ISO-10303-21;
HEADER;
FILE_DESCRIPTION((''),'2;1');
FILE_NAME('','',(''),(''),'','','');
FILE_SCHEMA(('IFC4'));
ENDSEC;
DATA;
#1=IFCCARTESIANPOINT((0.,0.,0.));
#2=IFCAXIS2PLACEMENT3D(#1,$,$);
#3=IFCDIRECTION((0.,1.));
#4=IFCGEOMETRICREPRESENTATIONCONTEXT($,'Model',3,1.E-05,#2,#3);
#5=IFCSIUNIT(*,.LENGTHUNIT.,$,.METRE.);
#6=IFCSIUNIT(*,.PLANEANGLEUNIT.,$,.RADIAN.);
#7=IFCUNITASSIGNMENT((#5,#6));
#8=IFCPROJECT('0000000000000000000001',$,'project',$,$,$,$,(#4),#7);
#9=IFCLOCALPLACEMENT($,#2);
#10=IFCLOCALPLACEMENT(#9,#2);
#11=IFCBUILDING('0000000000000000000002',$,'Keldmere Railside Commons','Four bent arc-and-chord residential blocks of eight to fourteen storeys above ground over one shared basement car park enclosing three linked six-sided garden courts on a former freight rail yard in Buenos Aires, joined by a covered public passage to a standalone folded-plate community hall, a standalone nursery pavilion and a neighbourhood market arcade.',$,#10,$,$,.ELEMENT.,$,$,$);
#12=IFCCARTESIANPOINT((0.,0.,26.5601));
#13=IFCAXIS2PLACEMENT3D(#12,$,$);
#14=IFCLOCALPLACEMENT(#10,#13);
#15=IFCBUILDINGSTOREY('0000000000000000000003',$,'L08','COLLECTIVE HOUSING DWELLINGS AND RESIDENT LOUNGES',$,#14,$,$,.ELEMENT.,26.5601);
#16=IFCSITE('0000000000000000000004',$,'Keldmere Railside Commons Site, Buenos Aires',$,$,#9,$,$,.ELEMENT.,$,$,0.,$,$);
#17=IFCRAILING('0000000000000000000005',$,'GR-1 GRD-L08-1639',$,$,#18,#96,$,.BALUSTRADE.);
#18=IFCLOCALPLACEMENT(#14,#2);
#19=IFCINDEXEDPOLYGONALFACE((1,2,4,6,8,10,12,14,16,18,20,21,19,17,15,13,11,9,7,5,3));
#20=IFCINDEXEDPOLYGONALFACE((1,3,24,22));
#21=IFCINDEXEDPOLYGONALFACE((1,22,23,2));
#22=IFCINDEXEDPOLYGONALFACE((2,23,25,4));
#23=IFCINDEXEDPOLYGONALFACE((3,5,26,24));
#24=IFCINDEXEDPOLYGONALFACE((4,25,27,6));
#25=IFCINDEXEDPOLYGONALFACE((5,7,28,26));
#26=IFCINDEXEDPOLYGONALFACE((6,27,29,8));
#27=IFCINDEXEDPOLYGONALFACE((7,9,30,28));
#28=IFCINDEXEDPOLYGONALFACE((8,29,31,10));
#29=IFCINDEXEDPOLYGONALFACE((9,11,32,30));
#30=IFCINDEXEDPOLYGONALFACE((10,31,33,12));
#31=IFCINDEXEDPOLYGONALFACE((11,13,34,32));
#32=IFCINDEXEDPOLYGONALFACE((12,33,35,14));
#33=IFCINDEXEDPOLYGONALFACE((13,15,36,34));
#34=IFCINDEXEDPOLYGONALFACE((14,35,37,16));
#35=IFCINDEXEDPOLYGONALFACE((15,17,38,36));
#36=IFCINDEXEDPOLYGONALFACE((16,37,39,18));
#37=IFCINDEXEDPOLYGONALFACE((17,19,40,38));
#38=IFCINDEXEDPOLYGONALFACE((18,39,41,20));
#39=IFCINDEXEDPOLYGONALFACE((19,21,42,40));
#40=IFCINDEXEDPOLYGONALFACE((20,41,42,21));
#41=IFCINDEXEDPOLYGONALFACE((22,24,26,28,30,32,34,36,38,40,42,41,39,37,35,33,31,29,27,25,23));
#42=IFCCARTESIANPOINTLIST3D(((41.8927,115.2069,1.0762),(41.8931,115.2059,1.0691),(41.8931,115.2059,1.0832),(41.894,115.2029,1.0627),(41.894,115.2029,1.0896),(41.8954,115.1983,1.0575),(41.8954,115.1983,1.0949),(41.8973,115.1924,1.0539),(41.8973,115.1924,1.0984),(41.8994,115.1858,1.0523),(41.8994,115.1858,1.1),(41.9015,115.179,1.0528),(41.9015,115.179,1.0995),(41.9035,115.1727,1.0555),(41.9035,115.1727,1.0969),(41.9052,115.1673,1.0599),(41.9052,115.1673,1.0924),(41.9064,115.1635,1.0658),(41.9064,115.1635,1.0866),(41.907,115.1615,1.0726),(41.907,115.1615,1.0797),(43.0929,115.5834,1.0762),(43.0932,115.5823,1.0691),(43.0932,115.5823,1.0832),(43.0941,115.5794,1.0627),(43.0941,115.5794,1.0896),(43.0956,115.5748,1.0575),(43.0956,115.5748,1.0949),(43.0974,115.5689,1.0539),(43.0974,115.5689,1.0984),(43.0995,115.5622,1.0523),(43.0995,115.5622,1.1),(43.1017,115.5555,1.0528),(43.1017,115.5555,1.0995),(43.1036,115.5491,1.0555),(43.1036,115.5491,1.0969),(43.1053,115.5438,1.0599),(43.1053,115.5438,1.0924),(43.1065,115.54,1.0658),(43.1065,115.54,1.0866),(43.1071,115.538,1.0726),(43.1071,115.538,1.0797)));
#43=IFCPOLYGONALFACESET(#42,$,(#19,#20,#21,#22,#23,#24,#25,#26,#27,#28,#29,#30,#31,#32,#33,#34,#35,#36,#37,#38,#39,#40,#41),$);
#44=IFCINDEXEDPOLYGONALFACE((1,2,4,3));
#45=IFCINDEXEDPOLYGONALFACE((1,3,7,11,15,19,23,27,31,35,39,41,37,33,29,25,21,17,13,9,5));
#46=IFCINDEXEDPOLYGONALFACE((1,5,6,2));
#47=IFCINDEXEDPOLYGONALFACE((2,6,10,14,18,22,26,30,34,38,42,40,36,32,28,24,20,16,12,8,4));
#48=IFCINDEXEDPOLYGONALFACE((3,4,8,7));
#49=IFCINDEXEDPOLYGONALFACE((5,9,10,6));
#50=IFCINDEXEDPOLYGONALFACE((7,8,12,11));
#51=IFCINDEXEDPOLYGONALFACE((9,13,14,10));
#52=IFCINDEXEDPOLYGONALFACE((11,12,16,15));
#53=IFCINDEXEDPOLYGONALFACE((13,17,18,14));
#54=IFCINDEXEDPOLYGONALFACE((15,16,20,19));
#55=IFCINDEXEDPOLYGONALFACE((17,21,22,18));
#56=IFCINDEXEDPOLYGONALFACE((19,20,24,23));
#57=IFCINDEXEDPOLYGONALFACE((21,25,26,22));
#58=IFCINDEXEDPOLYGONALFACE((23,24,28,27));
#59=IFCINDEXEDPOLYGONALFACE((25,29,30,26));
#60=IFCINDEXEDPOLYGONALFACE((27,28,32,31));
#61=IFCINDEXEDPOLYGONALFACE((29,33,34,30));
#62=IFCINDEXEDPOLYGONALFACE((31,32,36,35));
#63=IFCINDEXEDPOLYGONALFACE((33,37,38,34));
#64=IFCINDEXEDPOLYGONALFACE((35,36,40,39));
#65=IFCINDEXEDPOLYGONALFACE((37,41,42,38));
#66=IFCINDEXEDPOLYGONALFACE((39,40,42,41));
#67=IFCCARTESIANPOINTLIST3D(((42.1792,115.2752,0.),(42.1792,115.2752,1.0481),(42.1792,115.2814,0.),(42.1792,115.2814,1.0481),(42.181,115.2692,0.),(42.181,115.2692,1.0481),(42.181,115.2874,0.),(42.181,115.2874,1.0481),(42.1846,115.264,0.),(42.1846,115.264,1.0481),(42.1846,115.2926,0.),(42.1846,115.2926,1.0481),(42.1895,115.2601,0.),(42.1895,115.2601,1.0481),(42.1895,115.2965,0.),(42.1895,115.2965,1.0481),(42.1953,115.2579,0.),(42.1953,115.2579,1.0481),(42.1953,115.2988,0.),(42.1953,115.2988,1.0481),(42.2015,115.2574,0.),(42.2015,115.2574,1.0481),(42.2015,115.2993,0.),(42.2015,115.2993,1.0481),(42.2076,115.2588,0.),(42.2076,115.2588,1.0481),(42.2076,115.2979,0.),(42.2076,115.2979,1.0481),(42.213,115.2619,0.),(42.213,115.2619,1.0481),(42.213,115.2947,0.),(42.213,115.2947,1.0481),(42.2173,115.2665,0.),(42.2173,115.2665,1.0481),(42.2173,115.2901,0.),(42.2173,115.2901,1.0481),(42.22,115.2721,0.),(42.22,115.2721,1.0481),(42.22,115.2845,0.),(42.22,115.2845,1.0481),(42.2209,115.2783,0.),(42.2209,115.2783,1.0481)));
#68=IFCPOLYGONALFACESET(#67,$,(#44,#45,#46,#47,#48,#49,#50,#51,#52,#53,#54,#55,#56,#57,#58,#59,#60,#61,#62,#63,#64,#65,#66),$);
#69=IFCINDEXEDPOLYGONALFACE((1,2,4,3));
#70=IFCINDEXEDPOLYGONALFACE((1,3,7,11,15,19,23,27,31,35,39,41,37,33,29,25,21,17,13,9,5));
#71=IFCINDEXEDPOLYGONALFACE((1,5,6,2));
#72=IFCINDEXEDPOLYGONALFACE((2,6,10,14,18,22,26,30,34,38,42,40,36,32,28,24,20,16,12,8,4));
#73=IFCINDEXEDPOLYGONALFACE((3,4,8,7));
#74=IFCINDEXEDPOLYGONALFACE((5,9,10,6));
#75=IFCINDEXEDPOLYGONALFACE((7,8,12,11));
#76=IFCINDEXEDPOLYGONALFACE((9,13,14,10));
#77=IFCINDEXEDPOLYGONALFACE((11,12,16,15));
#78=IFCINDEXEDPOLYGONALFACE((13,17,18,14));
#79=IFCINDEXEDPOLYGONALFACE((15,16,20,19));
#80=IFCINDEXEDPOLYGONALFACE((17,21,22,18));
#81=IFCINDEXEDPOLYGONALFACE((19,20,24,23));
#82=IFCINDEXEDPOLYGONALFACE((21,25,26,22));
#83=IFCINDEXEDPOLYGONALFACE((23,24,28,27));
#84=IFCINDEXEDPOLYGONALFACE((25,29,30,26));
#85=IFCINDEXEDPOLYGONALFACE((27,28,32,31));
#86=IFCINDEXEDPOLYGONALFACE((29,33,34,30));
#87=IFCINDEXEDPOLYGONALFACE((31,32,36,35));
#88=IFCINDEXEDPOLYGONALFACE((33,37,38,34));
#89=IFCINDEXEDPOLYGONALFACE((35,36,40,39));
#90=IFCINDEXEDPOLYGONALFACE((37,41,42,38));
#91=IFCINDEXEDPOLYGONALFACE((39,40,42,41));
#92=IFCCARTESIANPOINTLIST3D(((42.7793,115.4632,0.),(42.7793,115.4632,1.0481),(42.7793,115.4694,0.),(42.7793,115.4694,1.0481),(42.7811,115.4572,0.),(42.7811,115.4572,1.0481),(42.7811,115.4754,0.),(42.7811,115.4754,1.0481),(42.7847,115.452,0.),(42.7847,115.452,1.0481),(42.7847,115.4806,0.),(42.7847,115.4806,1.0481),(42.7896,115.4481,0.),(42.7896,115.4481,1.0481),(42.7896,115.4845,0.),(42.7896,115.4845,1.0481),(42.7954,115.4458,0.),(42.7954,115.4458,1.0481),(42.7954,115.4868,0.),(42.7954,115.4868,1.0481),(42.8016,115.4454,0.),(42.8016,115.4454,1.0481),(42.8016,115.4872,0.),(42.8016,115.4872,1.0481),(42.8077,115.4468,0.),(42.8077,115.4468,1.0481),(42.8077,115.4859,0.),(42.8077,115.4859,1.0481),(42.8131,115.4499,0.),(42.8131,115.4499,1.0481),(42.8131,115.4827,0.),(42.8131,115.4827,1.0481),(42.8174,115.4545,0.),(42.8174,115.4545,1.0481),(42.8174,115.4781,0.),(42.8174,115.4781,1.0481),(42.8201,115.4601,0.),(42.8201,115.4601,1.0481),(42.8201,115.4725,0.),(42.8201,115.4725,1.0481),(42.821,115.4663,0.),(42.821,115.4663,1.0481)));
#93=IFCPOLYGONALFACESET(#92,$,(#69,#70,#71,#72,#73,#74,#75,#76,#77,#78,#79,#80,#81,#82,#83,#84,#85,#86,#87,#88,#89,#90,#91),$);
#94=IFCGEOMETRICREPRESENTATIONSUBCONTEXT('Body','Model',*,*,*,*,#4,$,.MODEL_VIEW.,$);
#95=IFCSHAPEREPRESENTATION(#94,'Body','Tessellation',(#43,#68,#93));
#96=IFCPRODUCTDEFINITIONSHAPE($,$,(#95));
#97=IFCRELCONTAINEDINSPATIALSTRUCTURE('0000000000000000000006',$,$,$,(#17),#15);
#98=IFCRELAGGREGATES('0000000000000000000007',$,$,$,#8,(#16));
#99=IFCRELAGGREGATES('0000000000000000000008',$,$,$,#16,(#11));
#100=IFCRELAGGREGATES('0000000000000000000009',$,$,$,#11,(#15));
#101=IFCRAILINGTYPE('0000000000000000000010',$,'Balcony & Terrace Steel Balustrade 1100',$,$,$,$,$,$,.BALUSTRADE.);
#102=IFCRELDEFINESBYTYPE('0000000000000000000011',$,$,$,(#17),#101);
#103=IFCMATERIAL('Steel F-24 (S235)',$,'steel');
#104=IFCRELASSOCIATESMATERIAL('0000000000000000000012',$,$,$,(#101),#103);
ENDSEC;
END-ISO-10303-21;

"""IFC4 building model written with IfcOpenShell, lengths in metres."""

from ifc_helpers import new_model, si_unit, direction, frame, origin, origin_2d, place, context, subcontext, project, spatial, circle, extrude, material, type_object, element, save


model = new_model("IFC4")

# Units and contexts
model_context = context("Model", 3, precision=1e-05, world=origin(), true_north=direction((0.0, 1.0)))
body_context = subcontext(model_context, "Body", "Model", "MODEL_VIEW")
ifc_project = project(units=[si_unit("LENGTHUNIT", "METRE"), si_unit("PLANEANGLEUNIT", "RADIAN")], contexts=[model_context])

# Site, building, storey
site_placement = place(None, origin())
site = spatial("IfcSite", under=ifc_project, at=site_placement, Name="Keldmere Railside Commons Site, Buenos Aires", CompositionType="ELEMENT", RefElevation=0.0)
building_placement = place(site_placement, origin())
building = spatial("IfcBuilding", under=site, at=building_placement, Name="Keldmere Railside Commons", Description="Four bent arc-and-chord residential blocks of eight to fourteen storeys above ground over one shared basement car park enclosing three linked six-sided garden courts on a former freight rail yard in Buenos Aires, joined by a covered public passage to a standalone folded-plate community hall, a standalone nursery pavilion and a neighbourhood market arcade.", CompositionType="ELEMENT")
storey_placement = place(building_placement, frame((0.0, 0.0, 26.5601)))
storey = spatial("IfcBuildingStorey", under=building, at=storey_placement, Name="L08", Description="COLLECTIVE HOUSING DWELLINGS AND RESIDENT LOUNGES", CompositionType="ELEMENT", Elevation=26.5601)

# Railing
ifc_material_1 = material(Name="Steel F-24 (S235)", Category="steel")
railing_type = type_object("IfcRailingType", Name="Balcony & Terrace Steel Balustrade 1100", PredefinedType="BALUSTRADE", material=ifc_material_1)
railing_1_placement = place(storey_placement, frame((41.8999, 115.1841, 0.0)))
element("IfcRailing", 1, at=railing_1_placement, inside=storey, type_object=railing_type, Name="GR-1 GRD-L08-1639", PredefinedType="BALUSTRADE", context=body_context, shape_type="SweptSolid", body=[
    extrude(circle(Radius=0.0239, at=origin_2d()), frame((0.0, 0.0, 1.0762), z_axis=(0.954162, 0.299292, 0.0), x_axis=(-0.299292, 0.954162, 0.0)), (0.0, 0.0, 1.0), 1.2578),
    extrude(circle(Radius=0.021, at=origin_2d()), frame((0.3, 0.0942, 0.0)), (0.0, 0.0, 1.0), 1.0481),
    extrude(circle(Radius=0.021, at=origin_2d()), frame((0.9001, 0.2822, 0.0)), (0.0, 0.0, 1.0), 1.0481),
])

save(model, "model.ifc")
